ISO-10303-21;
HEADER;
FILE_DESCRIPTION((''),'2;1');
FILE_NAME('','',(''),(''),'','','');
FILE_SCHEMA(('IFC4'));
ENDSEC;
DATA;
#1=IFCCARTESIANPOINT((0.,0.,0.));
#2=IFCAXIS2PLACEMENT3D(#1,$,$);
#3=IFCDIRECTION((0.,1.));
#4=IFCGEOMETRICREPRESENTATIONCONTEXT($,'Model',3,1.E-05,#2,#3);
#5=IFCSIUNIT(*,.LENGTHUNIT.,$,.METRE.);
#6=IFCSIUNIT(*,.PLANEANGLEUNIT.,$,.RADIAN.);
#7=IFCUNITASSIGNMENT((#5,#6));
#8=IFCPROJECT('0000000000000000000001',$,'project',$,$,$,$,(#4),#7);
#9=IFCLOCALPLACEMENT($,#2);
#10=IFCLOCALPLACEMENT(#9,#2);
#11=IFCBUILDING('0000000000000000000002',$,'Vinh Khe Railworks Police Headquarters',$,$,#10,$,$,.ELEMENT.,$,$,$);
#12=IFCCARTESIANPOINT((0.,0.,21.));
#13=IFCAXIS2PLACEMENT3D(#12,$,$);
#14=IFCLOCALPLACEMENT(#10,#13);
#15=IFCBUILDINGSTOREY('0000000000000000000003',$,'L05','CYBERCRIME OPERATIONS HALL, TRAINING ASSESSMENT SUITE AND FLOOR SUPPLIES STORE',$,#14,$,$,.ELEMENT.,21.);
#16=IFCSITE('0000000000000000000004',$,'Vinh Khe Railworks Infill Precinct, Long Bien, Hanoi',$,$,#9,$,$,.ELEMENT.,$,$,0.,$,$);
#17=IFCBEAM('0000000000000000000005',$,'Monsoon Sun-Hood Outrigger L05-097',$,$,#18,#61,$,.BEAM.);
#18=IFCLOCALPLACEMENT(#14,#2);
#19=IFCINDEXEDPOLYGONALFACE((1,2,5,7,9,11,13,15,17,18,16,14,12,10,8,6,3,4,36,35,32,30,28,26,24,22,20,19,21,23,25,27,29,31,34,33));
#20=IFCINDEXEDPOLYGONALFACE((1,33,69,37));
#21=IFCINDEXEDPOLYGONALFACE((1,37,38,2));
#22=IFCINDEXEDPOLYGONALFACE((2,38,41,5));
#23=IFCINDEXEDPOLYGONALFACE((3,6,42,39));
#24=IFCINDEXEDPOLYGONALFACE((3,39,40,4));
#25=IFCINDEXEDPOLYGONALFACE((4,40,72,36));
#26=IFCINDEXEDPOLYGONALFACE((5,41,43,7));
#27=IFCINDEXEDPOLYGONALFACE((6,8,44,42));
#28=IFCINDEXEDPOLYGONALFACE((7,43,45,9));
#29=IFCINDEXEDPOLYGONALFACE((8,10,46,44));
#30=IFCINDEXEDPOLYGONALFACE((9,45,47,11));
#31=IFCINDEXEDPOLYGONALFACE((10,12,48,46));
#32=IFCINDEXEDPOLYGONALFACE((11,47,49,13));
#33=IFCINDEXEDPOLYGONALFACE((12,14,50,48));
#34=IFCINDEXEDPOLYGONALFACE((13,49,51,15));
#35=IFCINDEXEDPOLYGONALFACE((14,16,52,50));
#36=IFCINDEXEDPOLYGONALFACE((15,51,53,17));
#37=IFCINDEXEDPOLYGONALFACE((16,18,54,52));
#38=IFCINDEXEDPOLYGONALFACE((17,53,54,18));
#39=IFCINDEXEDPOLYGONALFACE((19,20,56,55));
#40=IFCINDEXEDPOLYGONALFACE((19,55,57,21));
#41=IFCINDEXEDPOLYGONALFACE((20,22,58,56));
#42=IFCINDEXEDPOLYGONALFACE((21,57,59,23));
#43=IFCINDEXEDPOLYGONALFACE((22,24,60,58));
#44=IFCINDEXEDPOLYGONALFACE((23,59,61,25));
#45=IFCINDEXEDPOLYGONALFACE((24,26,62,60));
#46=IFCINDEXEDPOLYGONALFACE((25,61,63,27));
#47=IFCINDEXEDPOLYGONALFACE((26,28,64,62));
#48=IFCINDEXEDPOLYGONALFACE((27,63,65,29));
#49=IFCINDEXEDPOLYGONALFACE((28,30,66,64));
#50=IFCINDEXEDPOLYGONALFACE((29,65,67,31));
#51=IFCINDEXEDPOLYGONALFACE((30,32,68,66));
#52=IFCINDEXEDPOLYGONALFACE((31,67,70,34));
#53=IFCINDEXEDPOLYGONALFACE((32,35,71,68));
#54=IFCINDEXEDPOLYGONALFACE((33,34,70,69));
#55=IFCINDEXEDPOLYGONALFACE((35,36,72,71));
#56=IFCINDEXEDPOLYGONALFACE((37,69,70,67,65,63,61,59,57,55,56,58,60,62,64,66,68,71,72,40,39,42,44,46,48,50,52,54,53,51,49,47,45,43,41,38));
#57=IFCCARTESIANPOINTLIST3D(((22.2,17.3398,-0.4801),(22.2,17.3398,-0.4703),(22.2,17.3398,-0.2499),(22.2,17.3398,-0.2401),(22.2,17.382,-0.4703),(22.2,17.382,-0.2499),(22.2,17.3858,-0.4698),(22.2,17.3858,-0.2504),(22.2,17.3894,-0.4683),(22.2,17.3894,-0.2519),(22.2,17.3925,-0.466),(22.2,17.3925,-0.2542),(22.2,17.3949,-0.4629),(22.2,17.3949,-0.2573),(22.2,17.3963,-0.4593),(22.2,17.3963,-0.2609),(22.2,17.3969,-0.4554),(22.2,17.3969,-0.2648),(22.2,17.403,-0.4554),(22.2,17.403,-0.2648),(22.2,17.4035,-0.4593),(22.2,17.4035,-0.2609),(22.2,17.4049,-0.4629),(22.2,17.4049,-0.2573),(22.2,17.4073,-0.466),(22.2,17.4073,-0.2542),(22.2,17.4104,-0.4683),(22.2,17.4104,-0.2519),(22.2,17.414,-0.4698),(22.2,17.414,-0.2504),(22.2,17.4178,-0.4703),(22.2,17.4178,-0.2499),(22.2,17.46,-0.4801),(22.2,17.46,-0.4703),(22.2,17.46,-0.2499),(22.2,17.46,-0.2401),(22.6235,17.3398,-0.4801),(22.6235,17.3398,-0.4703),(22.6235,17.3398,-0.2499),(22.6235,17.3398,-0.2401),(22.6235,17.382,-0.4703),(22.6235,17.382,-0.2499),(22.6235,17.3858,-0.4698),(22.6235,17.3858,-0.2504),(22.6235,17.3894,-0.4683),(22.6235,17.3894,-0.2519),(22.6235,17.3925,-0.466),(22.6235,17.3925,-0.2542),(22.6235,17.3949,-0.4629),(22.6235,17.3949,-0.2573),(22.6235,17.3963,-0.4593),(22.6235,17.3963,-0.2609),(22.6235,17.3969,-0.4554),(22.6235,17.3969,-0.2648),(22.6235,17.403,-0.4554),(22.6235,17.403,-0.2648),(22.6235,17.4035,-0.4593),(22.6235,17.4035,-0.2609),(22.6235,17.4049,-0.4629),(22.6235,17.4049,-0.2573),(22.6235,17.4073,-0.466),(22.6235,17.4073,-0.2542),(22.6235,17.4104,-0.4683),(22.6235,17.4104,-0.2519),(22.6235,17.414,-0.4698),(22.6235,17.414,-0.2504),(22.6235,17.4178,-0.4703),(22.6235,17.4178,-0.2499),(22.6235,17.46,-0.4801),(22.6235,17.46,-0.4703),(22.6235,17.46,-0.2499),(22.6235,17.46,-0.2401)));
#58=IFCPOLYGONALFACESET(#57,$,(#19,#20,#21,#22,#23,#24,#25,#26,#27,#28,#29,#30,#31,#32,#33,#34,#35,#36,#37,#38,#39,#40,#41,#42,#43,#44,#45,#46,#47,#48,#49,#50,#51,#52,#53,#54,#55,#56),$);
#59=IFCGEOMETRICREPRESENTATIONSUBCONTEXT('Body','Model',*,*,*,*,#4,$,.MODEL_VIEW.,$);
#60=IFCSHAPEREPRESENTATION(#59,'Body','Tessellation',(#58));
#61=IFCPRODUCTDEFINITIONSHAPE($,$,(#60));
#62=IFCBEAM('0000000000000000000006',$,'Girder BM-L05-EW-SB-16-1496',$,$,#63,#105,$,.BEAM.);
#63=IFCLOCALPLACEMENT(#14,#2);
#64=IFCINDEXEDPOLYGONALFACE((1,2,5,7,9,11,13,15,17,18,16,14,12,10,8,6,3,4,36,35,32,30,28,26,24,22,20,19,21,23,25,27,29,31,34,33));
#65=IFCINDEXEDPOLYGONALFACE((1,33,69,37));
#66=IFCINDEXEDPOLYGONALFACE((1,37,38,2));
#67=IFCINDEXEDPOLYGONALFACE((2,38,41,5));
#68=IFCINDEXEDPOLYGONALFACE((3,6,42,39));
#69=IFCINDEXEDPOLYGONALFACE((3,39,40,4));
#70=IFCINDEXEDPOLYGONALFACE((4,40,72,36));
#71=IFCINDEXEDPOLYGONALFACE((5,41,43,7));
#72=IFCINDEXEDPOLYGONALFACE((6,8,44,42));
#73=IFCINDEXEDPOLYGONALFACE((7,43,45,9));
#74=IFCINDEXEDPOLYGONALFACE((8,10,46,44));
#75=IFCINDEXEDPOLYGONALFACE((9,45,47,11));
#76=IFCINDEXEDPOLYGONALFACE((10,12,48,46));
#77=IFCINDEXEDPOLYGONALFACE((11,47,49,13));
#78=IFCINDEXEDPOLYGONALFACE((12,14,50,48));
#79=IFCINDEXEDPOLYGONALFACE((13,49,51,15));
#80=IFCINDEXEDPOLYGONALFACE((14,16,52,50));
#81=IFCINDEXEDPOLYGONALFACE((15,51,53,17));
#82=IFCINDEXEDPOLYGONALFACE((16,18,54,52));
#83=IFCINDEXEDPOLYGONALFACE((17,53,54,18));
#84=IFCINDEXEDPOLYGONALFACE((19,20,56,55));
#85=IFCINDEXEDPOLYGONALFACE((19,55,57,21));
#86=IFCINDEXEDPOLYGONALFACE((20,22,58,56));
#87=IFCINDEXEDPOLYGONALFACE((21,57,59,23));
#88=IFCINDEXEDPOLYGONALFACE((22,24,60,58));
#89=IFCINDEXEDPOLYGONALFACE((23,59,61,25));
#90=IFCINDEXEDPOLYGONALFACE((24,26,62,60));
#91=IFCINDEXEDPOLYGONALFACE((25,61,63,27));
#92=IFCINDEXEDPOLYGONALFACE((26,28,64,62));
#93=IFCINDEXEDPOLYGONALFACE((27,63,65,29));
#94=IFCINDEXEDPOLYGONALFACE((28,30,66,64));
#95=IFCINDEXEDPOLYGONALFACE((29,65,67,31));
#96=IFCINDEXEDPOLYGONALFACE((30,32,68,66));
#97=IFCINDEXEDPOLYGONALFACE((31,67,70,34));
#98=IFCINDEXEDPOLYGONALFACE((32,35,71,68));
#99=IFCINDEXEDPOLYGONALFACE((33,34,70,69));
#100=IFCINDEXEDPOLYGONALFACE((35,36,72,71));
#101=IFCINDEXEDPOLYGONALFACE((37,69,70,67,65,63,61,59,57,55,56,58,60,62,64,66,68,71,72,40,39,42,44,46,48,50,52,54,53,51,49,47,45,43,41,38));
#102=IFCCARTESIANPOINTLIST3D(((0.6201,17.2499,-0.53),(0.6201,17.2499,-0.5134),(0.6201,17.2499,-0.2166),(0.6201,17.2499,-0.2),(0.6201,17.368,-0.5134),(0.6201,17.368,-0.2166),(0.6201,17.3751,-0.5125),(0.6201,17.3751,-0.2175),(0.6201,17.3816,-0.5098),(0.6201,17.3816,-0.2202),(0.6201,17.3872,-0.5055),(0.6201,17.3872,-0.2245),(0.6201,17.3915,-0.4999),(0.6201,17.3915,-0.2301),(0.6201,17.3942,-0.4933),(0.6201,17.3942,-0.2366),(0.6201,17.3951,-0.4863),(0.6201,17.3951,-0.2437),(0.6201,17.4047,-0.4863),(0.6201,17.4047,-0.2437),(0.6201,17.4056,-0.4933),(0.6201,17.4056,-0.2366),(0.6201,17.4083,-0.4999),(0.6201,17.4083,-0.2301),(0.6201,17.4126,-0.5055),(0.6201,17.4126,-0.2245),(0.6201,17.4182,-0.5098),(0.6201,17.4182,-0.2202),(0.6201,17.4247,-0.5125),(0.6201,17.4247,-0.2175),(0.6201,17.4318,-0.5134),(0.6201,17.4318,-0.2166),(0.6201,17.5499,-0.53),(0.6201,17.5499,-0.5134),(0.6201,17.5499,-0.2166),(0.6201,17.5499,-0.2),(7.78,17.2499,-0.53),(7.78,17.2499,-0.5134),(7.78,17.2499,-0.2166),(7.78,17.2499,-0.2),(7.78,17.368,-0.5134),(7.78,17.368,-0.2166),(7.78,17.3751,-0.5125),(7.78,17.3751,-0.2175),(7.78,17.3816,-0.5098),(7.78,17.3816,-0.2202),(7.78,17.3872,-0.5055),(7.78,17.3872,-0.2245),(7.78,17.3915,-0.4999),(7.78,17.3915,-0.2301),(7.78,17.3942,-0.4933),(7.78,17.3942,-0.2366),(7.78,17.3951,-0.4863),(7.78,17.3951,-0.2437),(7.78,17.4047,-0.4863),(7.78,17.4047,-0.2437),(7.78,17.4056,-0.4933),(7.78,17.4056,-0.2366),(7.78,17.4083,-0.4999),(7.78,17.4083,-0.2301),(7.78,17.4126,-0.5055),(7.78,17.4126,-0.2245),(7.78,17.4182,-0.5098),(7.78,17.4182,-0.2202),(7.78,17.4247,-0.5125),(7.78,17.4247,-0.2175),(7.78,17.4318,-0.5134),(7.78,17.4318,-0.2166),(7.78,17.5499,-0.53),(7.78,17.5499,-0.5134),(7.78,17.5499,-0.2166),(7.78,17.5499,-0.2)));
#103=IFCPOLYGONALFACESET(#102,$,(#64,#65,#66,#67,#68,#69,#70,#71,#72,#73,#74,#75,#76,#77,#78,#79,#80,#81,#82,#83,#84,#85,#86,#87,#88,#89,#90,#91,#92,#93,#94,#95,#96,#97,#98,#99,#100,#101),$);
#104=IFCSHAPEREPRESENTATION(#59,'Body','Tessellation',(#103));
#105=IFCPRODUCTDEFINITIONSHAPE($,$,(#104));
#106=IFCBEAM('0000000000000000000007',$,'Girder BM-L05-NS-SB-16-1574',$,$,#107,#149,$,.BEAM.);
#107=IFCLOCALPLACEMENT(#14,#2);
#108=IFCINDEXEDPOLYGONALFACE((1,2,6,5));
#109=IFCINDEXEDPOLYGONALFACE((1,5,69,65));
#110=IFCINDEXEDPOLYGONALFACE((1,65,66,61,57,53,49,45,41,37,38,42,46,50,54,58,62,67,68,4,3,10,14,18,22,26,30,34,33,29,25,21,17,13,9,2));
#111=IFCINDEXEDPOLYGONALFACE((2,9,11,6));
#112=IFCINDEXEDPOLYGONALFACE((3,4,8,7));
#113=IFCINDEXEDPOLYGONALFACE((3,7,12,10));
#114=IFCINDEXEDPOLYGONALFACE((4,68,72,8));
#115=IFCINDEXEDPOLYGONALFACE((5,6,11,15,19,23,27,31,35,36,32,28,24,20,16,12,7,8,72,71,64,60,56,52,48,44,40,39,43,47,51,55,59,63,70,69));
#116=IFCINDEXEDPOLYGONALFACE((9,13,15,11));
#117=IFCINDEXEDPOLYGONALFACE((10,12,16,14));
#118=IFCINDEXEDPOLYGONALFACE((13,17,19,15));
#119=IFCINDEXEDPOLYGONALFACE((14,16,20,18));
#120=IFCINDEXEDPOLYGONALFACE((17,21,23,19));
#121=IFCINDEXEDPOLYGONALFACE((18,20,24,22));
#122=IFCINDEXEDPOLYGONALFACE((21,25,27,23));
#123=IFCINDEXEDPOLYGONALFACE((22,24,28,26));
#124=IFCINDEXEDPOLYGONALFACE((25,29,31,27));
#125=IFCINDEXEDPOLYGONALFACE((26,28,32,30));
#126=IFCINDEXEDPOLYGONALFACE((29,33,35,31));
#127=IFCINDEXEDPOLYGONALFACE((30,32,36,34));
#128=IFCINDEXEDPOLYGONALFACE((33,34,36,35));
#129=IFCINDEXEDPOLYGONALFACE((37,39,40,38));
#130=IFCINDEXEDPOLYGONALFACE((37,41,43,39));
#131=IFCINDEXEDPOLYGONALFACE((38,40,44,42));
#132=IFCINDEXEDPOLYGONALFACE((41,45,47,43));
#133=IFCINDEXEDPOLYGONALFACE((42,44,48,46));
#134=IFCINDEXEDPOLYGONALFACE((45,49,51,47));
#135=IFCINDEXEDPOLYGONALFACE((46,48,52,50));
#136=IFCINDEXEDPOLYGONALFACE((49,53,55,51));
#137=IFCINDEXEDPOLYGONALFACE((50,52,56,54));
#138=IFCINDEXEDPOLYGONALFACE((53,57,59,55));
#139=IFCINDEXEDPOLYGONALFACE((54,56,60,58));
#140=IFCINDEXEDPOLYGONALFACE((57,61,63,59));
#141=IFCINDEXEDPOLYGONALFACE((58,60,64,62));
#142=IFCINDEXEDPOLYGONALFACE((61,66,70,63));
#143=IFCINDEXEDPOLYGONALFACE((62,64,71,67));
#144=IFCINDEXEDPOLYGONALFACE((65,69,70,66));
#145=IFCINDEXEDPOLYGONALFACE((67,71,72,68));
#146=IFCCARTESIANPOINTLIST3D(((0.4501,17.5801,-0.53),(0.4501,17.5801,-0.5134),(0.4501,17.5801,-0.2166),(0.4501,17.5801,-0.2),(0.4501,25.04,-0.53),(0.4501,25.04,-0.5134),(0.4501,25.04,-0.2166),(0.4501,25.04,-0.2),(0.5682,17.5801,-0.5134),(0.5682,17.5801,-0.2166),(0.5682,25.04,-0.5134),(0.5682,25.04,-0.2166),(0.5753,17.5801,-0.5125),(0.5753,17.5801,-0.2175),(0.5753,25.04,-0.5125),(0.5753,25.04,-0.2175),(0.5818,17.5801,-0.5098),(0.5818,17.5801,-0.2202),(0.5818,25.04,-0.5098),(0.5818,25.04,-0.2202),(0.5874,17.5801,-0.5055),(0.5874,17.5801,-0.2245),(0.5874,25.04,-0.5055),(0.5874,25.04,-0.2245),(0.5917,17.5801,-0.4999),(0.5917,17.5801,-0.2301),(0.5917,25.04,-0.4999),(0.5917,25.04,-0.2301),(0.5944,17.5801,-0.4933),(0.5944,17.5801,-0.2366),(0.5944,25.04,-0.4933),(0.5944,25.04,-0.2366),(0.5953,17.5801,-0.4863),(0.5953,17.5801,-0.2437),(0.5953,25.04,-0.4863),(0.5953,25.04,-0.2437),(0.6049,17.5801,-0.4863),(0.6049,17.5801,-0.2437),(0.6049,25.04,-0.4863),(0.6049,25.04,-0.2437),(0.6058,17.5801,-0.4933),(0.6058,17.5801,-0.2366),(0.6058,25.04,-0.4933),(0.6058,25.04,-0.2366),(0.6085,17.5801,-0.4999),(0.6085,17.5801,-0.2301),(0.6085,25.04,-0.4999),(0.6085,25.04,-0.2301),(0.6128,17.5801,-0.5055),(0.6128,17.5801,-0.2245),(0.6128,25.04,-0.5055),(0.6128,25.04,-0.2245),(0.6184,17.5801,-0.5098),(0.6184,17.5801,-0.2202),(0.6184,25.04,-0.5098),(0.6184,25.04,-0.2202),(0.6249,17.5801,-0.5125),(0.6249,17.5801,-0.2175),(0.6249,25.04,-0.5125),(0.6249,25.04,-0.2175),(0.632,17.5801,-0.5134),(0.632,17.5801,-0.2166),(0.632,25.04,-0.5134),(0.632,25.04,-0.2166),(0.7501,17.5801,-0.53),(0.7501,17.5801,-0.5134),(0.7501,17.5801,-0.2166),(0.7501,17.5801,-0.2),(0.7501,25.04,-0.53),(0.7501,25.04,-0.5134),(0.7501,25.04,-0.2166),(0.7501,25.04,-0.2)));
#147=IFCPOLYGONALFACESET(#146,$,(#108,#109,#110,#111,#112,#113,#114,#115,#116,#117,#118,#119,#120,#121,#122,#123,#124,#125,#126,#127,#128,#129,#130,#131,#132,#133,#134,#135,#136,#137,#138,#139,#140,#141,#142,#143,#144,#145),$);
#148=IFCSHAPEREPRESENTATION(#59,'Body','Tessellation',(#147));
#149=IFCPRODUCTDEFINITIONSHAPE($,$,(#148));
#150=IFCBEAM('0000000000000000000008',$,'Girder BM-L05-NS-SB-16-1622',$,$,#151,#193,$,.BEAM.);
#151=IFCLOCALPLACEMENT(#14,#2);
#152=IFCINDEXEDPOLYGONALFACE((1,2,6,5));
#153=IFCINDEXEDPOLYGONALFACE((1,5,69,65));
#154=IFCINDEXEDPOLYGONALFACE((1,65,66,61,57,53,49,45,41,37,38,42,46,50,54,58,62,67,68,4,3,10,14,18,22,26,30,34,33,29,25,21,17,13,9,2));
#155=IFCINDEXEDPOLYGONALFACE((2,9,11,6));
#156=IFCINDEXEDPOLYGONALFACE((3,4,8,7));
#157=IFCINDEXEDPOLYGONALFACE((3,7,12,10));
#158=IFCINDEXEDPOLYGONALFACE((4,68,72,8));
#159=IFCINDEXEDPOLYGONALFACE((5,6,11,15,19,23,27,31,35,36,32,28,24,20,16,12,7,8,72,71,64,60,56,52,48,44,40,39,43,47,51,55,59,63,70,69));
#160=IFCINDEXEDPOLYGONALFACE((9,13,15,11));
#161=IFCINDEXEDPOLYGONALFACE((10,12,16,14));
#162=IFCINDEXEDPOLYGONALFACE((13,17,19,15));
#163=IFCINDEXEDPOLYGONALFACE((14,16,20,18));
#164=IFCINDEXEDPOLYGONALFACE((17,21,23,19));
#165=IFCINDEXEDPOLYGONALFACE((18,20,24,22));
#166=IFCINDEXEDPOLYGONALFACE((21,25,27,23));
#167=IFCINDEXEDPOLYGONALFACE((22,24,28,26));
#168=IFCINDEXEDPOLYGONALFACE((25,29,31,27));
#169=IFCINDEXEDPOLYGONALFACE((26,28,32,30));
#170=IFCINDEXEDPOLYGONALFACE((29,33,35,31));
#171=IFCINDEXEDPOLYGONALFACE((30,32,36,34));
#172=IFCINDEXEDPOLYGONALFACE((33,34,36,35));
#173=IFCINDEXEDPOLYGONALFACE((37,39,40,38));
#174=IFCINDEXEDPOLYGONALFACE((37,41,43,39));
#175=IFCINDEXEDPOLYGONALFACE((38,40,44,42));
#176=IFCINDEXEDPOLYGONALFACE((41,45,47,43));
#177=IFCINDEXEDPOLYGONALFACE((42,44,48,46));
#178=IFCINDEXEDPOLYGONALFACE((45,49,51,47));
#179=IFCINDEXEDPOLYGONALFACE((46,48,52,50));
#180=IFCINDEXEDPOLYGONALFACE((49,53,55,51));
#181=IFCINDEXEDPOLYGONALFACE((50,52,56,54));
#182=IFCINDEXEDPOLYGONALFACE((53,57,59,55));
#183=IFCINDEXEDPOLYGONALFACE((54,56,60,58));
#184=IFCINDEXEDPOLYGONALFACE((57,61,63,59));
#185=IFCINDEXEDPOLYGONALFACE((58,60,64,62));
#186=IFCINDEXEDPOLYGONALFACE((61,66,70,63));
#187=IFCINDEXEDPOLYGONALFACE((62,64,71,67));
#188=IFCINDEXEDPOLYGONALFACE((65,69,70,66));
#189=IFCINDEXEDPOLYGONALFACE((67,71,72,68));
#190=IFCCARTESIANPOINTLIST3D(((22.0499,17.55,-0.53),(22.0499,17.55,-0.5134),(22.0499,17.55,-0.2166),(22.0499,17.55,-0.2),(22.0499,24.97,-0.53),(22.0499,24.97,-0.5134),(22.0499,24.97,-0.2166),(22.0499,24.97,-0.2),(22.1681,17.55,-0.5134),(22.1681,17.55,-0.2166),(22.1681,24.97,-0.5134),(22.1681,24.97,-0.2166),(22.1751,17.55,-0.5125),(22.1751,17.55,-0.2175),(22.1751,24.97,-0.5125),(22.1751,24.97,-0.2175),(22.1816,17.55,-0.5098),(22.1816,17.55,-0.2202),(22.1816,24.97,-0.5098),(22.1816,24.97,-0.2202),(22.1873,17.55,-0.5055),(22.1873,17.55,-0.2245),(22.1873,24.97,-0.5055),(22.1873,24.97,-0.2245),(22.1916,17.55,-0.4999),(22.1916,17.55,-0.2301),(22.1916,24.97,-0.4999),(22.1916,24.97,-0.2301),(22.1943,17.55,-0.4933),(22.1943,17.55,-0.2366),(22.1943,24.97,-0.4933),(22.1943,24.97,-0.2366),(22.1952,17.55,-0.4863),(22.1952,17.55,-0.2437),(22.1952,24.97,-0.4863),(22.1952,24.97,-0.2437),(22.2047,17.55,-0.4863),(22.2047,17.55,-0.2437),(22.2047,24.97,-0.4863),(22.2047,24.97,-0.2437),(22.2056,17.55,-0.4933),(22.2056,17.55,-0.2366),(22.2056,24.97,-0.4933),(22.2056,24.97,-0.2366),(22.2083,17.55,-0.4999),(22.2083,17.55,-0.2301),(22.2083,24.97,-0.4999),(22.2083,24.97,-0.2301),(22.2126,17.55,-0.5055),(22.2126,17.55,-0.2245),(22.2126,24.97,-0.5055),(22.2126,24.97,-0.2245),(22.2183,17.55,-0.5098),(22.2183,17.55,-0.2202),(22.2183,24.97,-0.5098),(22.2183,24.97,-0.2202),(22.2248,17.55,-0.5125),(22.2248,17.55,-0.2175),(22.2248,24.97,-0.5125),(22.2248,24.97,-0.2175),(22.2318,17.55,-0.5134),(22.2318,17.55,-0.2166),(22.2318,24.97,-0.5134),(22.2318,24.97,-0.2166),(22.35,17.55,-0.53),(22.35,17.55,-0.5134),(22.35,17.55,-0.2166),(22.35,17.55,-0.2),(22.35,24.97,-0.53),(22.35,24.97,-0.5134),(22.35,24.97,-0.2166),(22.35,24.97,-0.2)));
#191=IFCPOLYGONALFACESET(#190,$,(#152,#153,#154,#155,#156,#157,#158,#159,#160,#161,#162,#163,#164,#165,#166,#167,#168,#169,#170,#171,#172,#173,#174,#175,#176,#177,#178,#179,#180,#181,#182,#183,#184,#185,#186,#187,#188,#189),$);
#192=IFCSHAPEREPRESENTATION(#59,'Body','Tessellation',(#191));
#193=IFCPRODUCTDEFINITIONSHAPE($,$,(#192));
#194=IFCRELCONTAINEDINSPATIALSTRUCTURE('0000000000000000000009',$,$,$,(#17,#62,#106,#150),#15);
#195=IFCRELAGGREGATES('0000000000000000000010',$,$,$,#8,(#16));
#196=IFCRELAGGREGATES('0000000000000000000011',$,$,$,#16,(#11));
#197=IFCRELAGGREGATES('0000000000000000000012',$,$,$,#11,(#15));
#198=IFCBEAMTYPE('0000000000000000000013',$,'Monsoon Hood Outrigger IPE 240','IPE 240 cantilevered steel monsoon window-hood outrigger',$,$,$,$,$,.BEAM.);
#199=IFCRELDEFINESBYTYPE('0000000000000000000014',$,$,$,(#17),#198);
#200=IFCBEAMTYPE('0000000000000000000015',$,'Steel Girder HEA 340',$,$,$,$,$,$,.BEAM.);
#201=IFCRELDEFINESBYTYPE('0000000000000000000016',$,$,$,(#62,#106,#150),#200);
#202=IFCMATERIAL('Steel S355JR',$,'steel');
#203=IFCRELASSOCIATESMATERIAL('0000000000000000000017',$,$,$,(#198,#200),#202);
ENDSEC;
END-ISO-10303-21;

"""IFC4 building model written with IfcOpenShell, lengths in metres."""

from ifc_helpers import new_model, si_unit, direction, frame, origin, origin_2d, place, context, subcontext, project, spatial, i_section, extrude, material, material_profile, profile_set, type_object, element, save


model = new_model("IFC4")

# Units and contexts
model_context = context("Model", 3, precision=1e-05, world=origin(), true_north=direction((0.0, 1.0)))
body_context = subcontext(model_context, "Body", "Model", "MODEL_VIEW")
ifc_project = project(units=[si_unit("LENGTHUNIT", "METRE"), si_unit("PLANEANGLEUNIT", "RADIAN")], contexts=[model_context])

# Site, building, storey
site_placement = place(None, origin())
site = spatial("IfcSite", under=ifc_project, at=site_placement, Name="Vinh Khe Railworks Infill Precinct, Long Bien, Hanoi", CompositionType="ELEMENT", RefElevation=0.0)
building_placement = place(site_placement, origin())
building = spatial("IfcBuilding", under=site, at=building_placement, Name="Vinh Khe Railworks Police Headquarters", CompositionType="ELEMENT")
storey_placement = place(building_placement, frame((0.0, 0.0, 21.0)))
storey = spatial("IfcBuildingStorey", under=building, at=storey_placement, Name="L05", Description="CYBERCRIME OPERATIONS HALL, TRAINING ASSESSMENT SUITE AND FLOOR SUPPLIES STORE", CompositionType="ELEMENT", Elevation=21.0)

# Shared definitions
ifc_material_1 = material(Name="Steel S355JR", Category="steel")

# Beams
ifc_material_profile_1 = material_profile(ifc_material_1, i_section(OverallWidth=0.1201, OverallDepth=0.24, WebThickness=0.0061, FlangeThickness=0.0098, FilletRadius=0.0149, at=origin_2d()), Name="IPE 240")
ifc_profile_set_1 = profile_set([ifc_material_profile_1], Name="Steel S355JR")
beam_type_1 = type_object("IfcBeamType", Name="Monsoon Hood Outrigger IPE 240", Description="IPE 240 cantilevered steel monsoon window-hood outrigger", PredefinedType="BEAM", material=ifc_profile_set_1)
beam_1_placement = place(storey_placement, frame((22.2, 17.3999, -0.3601), z_axis=(1.0, 0.0, 0.0), x_axis=(0.0, 1.0, 0.0)))
element("IfcBeam", 1, at=beam_1_placement, inside=storey, type_object=beam_type_1, Name="Monsoon Sun-Hood Outrigger L05-097", PredefinedType="BEAM", context=body_context, shape_type="SweptSolid", body=[
    extrude(i_section(OverallWidth=0.1201, OverallDepth=0.24, WebThickness=0.0061, FlangeThickness=0.0098, FilletRadius=0.0149, at=origin_2d()), origin(), (0.0, 0.0, 1.0), 0.4236),
])
ifc_material_profile_2 = material_profile(ifc_material_1, i_section(OverallWidth=0.3, OverallDepth=0.3301, WebThickness=0.0095, FlangeThickness=0.0166, FilletRadius=0.0271, at=origin_2d()), Name="HEA 340")
ifc_profile_set_2 = profile_set([ifc_material_profile_2], Name="Steel S355JR")
beam_type_2 = type_object("IfcBeamType", Name="Steel Girder HEA 340", PredefinedType="BEAM", material=ifc_profile_set_2)
beam_2_placement = place(storey_placement, frame((0.6201, 17.3999, -0.365), z_axis=(1.0, 0.0, 0.0), x_axis=(0.0, 1.0, 0.0)))
element("IfcBeam", 2, at=beam_2_placement, inside=storey, type_object=beam_type_2, Name="Girder BM-L05-EW-SB-16-1496", PredefinedType="BEAM", context=body_context, shape_type="SweptSolid", body=[
    extrude(i_section(OverallWidth=0.3, OverallDepth=0.3301, WebThickness=0.0095, FlangeThickness=0.0166, FilletRadius=0.0271, at=origin_2d()), origin(), (0.0, 0.0, 1.0), 7.1599),
])
beam_3_placement = place(storey_placement, frame((0.6001, 17.5801, -0.365), z_axis=(0.0, 1.0, 0.0), x_axis=(-1.0, 0.0, 0.0)))
element("IfcBeam", 3, at=beam_3_placement, inside=storey, type_object=beam_type_2, Name="Girder BM-L05-NS-SB-16-1574", PredefinedType="BEAM", context=body_context, shape_type="SweptSolid", body=[
    extrude(i_section(OverallWidth=0.3, OverallDepth=0.3301, WebThickness=0.0095, FlangeThickness=0.0166, FilletRadius=0.0271, at=origin_2d()), origin(), (0.0, 0.0, 1.0), 7.46),
])
beam_4_placement = place(storey_placement, frame((22.2, 17.55, -0.365), z_axis=(0.0, 1.0, 0.0), x_axis=(-1.0, 0.0, 0.0)))
element("IfcBeam", 4, at=beam_4_placement, inside=storey, type_object=beam_type_2, Name="Girder BM-L05-NS-SB-16-1622", PredefinedType="BEAM", context=body_context, shape_type="SweptSolid", body=[
    extrude(i_section(OverallWidth=0.3, OverallDepth=0.3301, WebThickness=0.0095, FlangeThickness=0.0166, FilletRadius=0.0271, at=origin_2d()), origin(), (0.0, 0.0, 1.0), 7.4199),
])

save(model, "model.ifc")
